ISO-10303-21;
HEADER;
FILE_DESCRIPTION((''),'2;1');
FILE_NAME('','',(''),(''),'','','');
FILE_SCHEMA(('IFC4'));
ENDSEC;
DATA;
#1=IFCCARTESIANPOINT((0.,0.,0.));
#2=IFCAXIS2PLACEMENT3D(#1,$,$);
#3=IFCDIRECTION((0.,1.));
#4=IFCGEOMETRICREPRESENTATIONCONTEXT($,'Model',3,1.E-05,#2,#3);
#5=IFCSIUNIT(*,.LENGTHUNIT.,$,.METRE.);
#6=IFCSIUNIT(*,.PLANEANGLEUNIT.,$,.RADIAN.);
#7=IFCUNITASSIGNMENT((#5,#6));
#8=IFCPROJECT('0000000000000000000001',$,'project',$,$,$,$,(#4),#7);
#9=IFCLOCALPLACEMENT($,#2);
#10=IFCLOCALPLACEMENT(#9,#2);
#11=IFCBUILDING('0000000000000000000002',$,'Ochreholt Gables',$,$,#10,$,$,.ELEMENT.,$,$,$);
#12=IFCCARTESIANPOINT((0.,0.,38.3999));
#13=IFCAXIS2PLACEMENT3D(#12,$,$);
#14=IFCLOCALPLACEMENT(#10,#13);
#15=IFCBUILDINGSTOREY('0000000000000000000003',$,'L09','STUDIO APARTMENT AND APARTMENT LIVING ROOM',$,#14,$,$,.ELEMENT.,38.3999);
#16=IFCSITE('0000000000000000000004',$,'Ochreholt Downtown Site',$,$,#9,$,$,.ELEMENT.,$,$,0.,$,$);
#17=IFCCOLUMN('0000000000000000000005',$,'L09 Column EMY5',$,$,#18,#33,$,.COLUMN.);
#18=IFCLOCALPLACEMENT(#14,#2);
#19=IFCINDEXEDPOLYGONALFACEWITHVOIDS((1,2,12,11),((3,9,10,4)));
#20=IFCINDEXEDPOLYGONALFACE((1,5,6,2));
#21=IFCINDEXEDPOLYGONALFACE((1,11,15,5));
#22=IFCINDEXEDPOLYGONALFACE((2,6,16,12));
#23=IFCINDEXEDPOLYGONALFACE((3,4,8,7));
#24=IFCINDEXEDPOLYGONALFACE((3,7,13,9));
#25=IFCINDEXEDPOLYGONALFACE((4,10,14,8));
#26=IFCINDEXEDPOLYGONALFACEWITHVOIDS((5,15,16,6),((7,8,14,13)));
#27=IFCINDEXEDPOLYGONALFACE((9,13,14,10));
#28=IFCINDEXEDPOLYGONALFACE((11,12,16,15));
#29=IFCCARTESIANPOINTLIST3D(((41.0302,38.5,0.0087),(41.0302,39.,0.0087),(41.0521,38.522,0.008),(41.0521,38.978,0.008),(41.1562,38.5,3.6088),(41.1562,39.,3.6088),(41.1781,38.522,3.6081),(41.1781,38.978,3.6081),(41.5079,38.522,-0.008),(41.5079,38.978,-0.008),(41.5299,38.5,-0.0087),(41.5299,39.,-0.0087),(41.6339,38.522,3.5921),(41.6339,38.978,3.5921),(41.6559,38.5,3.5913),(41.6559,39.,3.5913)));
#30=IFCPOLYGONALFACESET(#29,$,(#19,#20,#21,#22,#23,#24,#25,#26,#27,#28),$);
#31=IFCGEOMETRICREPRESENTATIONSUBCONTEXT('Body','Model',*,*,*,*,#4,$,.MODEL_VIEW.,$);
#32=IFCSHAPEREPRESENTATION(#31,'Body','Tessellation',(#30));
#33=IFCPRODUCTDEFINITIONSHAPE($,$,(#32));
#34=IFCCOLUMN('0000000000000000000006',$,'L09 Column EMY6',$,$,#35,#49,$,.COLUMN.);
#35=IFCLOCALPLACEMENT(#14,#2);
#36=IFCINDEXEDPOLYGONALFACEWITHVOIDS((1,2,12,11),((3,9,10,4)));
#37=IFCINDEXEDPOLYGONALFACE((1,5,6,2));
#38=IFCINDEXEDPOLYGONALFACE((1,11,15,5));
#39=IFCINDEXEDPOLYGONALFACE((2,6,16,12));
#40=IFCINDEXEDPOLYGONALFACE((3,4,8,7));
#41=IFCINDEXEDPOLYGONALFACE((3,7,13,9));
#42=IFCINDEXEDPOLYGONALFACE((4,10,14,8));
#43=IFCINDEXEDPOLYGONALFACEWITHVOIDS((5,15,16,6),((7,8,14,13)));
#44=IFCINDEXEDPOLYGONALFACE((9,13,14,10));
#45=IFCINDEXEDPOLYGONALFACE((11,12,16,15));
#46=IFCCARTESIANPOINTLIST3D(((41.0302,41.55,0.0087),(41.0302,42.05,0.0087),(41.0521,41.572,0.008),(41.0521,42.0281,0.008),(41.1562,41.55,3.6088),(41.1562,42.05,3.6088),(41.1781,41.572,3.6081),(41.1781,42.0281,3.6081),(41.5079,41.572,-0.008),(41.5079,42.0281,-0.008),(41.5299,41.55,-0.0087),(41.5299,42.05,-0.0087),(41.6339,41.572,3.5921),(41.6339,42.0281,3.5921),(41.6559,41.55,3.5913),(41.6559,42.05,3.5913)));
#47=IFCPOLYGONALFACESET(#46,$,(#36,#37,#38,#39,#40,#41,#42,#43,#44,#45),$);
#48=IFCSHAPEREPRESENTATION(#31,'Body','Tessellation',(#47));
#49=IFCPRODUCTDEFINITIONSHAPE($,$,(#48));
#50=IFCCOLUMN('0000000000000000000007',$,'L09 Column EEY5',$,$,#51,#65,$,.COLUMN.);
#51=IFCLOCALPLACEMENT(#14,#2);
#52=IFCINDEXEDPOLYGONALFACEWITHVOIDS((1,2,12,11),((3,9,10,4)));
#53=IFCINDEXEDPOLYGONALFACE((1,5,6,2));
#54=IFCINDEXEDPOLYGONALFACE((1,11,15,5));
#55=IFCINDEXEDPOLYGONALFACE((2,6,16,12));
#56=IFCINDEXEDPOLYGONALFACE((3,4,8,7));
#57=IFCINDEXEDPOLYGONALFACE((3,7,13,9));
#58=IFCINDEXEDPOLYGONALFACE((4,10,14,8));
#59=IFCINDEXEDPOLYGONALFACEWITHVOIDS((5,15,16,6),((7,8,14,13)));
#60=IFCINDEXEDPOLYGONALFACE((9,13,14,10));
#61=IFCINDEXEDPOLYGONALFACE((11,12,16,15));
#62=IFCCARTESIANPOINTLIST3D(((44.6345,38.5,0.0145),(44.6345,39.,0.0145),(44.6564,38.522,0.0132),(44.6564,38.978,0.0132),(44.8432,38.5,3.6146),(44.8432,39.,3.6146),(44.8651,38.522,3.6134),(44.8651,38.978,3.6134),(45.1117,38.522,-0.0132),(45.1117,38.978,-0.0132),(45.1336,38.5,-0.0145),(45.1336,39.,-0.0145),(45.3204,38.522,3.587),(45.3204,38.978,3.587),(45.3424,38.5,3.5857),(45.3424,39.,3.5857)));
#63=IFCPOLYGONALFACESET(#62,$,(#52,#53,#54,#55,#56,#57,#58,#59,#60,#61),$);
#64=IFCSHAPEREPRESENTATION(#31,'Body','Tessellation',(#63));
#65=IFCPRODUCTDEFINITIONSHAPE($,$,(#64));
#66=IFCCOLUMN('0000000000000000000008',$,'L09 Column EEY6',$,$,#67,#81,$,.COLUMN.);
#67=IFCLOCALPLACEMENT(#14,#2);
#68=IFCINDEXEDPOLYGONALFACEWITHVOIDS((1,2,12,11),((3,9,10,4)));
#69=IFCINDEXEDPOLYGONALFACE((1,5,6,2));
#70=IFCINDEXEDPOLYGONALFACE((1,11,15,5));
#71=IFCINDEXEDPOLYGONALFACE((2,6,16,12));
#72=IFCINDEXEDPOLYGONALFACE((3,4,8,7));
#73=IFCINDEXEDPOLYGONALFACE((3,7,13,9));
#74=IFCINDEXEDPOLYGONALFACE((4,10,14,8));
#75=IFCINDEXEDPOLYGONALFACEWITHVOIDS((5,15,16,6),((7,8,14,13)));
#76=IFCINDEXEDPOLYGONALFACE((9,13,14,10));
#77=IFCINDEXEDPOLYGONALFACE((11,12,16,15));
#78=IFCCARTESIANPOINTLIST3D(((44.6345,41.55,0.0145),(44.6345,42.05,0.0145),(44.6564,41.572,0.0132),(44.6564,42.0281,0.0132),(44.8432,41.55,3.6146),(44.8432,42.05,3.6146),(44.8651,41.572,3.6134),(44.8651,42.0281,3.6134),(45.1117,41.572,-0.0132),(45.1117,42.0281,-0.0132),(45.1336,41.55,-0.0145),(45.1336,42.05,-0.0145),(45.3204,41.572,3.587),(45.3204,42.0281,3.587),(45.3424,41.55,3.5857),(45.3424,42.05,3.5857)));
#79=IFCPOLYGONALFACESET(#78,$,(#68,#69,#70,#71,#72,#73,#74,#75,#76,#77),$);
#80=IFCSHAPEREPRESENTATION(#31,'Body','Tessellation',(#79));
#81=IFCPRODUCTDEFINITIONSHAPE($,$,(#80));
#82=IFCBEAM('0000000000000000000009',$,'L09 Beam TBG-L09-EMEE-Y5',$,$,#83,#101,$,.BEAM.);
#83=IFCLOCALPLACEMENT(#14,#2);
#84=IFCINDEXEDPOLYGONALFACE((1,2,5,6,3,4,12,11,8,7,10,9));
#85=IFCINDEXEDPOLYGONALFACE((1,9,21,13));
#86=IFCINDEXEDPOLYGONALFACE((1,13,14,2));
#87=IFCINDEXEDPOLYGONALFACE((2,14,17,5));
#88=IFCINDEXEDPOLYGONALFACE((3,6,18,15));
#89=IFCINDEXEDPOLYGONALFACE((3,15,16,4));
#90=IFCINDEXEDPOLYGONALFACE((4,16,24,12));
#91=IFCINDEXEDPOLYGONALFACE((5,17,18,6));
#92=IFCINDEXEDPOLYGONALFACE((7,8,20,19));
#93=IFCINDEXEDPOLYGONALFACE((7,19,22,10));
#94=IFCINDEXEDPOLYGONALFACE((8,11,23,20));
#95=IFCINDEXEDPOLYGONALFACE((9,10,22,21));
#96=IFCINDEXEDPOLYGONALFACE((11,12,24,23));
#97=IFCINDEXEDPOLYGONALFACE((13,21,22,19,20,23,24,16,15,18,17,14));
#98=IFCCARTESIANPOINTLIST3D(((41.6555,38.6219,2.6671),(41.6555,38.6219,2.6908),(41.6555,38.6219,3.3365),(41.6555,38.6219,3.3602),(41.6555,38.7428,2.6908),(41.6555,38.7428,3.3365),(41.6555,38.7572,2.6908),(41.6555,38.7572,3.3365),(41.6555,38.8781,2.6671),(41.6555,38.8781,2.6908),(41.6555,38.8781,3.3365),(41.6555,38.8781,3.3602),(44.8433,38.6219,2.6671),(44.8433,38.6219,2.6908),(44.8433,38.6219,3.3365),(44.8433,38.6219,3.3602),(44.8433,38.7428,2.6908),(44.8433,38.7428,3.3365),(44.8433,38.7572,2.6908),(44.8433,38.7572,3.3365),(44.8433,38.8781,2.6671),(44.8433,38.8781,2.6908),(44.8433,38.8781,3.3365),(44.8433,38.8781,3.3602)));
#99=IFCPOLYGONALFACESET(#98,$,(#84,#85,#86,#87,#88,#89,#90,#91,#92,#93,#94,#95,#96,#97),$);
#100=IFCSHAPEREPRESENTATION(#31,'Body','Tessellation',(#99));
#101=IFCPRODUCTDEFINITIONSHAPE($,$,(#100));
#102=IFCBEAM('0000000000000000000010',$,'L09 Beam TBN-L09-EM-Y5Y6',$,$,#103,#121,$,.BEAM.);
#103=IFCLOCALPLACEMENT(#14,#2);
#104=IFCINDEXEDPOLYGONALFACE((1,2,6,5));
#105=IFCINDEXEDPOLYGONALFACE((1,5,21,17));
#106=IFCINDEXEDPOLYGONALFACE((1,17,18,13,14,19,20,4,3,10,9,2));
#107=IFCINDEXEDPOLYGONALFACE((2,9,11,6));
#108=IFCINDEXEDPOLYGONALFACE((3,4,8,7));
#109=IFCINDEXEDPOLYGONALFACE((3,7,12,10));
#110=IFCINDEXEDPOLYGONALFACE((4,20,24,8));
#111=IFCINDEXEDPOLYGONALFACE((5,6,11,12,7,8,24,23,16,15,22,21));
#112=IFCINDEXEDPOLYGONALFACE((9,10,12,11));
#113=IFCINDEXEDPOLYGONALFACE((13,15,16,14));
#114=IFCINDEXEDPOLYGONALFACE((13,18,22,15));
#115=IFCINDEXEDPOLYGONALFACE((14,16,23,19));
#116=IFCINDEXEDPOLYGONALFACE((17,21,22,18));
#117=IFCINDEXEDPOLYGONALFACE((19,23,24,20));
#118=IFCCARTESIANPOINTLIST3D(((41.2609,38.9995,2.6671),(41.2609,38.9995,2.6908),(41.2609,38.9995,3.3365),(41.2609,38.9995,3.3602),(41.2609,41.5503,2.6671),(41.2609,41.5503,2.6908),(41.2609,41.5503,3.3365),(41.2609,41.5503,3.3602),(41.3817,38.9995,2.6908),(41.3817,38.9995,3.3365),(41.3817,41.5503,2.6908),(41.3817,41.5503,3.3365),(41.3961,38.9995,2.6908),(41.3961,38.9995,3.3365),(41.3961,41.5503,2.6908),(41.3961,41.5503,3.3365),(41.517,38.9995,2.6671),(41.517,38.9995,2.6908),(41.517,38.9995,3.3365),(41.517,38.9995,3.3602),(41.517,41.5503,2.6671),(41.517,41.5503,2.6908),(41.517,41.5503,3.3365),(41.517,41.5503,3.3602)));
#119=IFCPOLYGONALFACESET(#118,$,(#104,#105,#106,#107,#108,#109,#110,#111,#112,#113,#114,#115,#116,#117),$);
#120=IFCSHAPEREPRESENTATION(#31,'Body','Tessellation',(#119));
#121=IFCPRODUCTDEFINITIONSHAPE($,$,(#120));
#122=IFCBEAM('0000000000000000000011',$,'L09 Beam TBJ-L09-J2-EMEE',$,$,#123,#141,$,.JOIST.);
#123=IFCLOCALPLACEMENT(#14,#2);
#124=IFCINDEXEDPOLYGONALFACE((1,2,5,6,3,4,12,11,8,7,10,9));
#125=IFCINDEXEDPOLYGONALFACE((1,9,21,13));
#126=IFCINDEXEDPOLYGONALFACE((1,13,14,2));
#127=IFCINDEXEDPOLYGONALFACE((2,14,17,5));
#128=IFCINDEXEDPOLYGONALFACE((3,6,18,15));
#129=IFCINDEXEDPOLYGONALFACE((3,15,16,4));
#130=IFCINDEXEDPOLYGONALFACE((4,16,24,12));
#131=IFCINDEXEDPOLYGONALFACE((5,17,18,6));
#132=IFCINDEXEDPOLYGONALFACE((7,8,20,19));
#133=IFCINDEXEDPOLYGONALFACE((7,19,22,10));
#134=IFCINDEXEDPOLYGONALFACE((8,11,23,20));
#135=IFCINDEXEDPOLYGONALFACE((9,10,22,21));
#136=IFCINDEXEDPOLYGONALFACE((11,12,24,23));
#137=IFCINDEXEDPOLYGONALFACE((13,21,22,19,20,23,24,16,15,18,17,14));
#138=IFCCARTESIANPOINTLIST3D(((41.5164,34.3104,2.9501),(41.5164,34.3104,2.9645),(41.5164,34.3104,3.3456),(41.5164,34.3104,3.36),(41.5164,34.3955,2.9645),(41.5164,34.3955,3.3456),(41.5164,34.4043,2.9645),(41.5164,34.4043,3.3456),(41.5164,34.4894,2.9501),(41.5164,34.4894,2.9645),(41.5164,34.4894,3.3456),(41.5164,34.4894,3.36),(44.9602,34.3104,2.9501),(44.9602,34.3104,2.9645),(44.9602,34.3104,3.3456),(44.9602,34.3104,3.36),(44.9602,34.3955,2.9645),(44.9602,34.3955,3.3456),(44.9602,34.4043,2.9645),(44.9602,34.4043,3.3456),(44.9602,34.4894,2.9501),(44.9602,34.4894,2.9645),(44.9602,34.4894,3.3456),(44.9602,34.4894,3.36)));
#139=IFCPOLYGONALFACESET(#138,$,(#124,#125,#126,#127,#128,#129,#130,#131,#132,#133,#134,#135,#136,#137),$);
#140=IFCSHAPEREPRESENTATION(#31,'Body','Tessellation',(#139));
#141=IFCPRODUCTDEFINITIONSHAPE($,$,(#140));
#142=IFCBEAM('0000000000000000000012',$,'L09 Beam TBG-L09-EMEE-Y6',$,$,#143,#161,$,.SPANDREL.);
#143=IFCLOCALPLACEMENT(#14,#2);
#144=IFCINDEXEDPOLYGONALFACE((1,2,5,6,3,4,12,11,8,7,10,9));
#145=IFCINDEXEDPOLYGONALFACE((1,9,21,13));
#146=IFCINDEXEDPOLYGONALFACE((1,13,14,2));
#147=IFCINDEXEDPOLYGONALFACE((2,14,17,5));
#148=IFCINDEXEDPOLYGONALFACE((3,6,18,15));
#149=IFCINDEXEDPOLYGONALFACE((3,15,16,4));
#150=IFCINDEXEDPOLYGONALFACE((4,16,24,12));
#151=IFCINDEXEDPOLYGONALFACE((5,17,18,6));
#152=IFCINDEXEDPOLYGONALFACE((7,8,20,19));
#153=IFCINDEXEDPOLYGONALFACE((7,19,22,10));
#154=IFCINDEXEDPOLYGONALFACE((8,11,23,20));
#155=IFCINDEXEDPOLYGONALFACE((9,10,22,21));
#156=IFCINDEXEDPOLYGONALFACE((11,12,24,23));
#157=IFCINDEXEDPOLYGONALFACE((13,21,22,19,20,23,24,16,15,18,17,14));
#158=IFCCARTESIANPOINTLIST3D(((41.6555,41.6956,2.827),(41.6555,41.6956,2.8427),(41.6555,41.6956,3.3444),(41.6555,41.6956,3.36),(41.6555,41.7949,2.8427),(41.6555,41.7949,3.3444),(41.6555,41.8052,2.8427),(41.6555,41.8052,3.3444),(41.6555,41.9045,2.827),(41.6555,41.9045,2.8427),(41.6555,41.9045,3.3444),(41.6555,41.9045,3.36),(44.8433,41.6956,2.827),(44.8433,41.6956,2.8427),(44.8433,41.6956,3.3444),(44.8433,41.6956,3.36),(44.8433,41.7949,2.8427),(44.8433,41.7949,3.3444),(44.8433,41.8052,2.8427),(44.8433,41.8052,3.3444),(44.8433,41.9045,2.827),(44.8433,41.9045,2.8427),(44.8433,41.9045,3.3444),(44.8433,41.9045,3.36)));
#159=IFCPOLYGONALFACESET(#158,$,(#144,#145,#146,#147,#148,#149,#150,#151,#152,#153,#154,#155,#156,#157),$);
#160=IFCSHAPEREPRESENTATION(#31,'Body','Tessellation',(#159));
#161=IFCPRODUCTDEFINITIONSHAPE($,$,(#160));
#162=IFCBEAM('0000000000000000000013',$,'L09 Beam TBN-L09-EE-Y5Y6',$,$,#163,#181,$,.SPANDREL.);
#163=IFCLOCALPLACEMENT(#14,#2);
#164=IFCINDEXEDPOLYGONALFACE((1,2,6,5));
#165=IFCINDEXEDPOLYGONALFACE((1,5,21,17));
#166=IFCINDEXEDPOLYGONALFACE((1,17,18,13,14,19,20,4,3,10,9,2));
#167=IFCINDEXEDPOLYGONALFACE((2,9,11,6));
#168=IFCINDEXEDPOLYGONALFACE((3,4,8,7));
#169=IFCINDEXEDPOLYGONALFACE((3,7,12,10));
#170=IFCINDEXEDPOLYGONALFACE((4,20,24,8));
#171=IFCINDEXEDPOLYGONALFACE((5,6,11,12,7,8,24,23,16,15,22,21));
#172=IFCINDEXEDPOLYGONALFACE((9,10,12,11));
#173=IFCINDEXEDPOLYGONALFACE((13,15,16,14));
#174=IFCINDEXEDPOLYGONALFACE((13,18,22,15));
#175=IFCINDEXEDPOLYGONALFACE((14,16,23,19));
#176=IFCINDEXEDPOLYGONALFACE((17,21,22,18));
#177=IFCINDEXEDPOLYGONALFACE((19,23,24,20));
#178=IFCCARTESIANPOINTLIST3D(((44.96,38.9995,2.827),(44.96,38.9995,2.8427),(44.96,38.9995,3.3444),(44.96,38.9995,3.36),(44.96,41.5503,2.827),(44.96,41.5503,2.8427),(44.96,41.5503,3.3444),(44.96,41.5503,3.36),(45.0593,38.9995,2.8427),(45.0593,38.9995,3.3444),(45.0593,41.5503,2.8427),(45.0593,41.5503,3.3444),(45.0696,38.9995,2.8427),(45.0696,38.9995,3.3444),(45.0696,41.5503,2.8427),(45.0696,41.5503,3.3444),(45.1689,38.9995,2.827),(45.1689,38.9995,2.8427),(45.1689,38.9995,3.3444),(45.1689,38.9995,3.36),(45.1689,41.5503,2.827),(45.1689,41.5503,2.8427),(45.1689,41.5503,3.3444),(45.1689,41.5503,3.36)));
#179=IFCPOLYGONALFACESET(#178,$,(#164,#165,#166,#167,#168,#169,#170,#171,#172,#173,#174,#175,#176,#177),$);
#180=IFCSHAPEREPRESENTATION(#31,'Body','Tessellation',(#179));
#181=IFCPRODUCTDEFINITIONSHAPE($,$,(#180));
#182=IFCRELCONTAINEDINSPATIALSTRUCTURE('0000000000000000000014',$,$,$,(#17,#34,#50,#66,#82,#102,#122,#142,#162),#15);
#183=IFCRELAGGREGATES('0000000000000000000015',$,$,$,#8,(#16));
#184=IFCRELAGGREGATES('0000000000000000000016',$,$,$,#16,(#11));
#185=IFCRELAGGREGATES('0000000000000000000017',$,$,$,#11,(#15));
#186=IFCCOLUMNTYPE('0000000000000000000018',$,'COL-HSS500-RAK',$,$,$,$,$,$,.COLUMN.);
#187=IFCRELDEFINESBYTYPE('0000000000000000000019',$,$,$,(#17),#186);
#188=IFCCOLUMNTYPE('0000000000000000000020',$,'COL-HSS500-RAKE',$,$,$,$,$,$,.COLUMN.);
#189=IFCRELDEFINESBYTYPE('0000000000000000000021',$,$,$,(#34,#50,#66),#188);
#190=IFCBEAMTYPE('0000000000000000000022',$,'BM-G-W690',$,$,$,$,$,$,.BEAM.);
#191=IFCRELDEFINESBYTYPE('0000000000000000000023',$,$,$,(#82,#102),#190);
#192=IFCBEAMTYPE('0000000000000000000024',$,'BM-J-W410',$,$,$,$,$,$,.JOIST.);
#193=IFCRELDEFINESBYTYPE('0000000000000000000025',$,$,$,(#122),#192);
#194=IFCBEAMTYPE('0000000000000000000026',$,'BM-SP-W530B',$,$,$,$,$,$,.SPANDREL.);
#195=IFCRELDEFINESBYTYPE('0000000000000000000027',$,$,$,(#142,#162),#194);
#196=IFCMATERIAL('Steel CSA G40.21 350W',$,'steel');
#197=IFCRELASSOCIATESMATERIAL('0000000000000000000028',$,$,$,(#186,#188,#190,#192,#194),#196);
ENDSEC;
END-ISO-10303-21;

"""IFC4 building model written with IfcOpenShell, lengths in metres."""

from ifc_helpers import new_model, si_unit, direction, frame, origin, origin_2d, place, context, subcontext, project, spatial, hollow_rectangle, i_section, extrude, material, material_profile, profile_set, type_object, element, save


model = new_model("IFC4")

# Units and contexts
model_context = context("Model", 3, precision=1e-05, world=origin(), true_north=direction((0.0, 1.0)))
body_context = subcontext(model_context, "Body", "Model", "MODEL_VIEW")
ifc_project = project(units=[si_unit("LENGTHUNIT", "METRE"), si_unit("PLANEANGLEUNIT", "RADIAN")], contexts=[model_context])

# Site, building, storey
site_placement = place(None, origin())
site = spatial("IfcSite", under=ifc_project, at=site_placement, Name="Ochreholt Downtown Site", CompositionType="ELEMENT", RefElevation=0.0)
building_placement = place(site_placement, origin())
building = spatial("IfcBuilding", under=site, at=building_placement, Name="Ochreholt Gables", CompositionType="ELEMENT")
storey_placement = place(building_placement, frame((0.0, 0.0, 38.3999)))
storey = spatial("IfcBuildingStorey", under=building, at=storey_placement, Name="L09", Description="STUDIO APARTMENT AND APARTMENT LIVING ROOM", CompositionType="ELEMENT", Elevation=38.3999)

# Columns
ifc_material_1 = material(Name="Steel CSA G40.21 350W", Category="steel")
ifc_material_profile_1 = material_profile(ifc_material_1, hollow_rectangle(XDim=0.5, YDim=0.5, WallThickness=0.022, at=origin_2d()), Name="HSS500X500X22")
ifc_profile_set_1 = profile_set([ifc_material_profile_1], Name="Steel CSA G40.21 350W")
column_type_1 = type_object("IfcColumnType", Name="COL-HSS500-RAK", PredefinedType="COLUMN", material=ifc_profile_set_1)
column_1_placement = place(storey_placement, frame((41.28, 38.75, 0.0), z_axis=(0.034971, 0.0, 0.999388), x_axis=(0.0, 1.0, 0.0)))
element("IfcColumn", 1, at=column_1_placement, inside=storey, type_object=column_type_1, Name="L09 Column EMY5", PredefinedType="COLUMN", context=body_context, shape_type="SweptSolid", body=[
    extrude(hollow_rectangle(XDim=0.5, YDim=0.5, WallThickness=0.022, at=origin_2d()), origin(), (0.0, 0.0, 1.0), 3.6023),
])
ifc_material_profile_2 = material_profile(ifc_material_1, hollow_rectangle(XDim=0.5, YDim=0.5, WallThickness=0.022, at=origin_2d()), Name="HSS500X500X22")
ifc_profile_set_2 = profile_set([ifc_material_profile_2], Name="Steel CSA G40.21 350W")
column_type_2 = type_object("IfcColumnType", Name="COL-HSS500-RAKE", PredefinedType="COLUMN", material=ifc_profile_set_2)
column_2_placement = place(storey_placement, frame((41.28, 41.8, 0.0), z_axis=(0.034971, 0.0, 0.999388), x_axis=(0.0, 1.0, 0.0)))
element("IfcColumn", 2, at=column_2_placement, inside=storey, type_object=column_type_2, Name="L09 Column EMY6", PredefinedType="COLUMN", context=body_context, shape_type="SweptSolid", body=[
    extrude(hollow_rectangle(XDim=0.5, YDim=0.5, WallThickness=0.022, at=origin_2d()), origin(), (0.0, 0.0, 1.0), 3.6023),
])
for number, where, z_axis, x_axis, name in (
    (3, (44.884, 38.75, 0.0), (0.057885, 0.0, 0.998323), (0.0, 1.0, 0.0), "L09 Column EEY5"),
    (4, (44.884, 41.8, 0.0), (0.057885, 0.0, 0.998323), (0.0, 1.0, 0.0), "L09 Column EEY6"),
):
    element("IfcColumn", number, at=place(storey_placement, frame(where, z_axis=z_axis, x_axis=x_axis)), inside=storey, type_object=column_type_2, Name=name, PredefinedType="COLUMN", context=body_context, shape_type="SweptSolid", body=[
        extrude(hollow_rectangle(XDim=0.5, YDim=0.5, WallThickness=0.022, at=origin_2d()), origin(), (0.0, 0.0, 1.0), 3.6062),
    ])

# Beams
ifc_material_profile_3 = material_profile(ifc_material_1, i_section(OverallWidth=0.2561, OverallDepth=0.6931, WebThickness=0.0144, FlangeThickness=0.0237, at=origin_2d()), Name="W690X170")
ifc_profile_set_3 = profile_set([ifc_material_profile_3], Name="Steel CSA G40.21 350W")
beam_type_1 = type_object("IfcBeamType", Name="BM-G-W690", PredefinedType="BEAM", material=ifc_profile_set_3)
beam_1_placement = place(storey_placement, frame((41.6555, 38.75, 3.0137), z_axis=(1.0, 0.0, 0.0), x_axis=(0.0, 1.0, 0.0)))
element("IfcBeam", 5, at=beam_1_placement, inside=storey, type_object=beam_type_1, Name="L09 Beam TBG-L09-EMEE-Y5", PredefinedType="BEAM", context=body_context, shape_type="SweptSolid", body=[
    extrude(i_section(OverallWidth=0.2561, OverallDepth=0.6931, WebThickness=0.0144, FlangeThickness=0.0237, at=origin_2d()), origin(), (0.0, 0.0, 1.0), 3.1877),
])
beam_2_placement = place(storey_placement, frame((41.3889, 38.9995, 3.0137), z_axis=(0.0, 1.0, 0.0), x_axis=(-1.0, 0.0, 0.0)))
element("IfcBeam", 6, at=beam_2_placement, inside=storey, type_object=beam_type_1, Name="L09 Beam TBN-L09-EM-Y5Y6", PredefinedType="BEAM", context=body_context, shape_type="SweptSolid", body=[
    extrude(i_section(OverallWidth=0.2561, OverallDepth=0.6931, WebThickness=0.0144, FlangeThickness=0.0237, at=origin_2d()), origin(), (0.0, 0.0, 1.0), 2.5508),
])
ifc_material_profile_4 = material_profile(ifc_material_1, i_section(OverallWidth=0.179, OverallDepth=0.4099, WebThickness=0.0088, FlangeThickness=0.0144, at=origin_2d()), Name="W410X67")
ifc_profile_set_4 = profile_set([ifc_material_profile_4], Name="Steel CSA G40.21 350W")
beam_type_2 = type_object("IfcBeamType", Name="BM-J-W410", PredefinedType="JOIST", material=ifc_profile_set_4)
beam_3_placement = place(storey_placement, frame((41.5164, 34.3999, 3.155), z_axis=(1.0, 0.0, 0.0), x_axis=(0.0, 1.0, 0.0)))
element("IfcBeam", 7, at=beam_3_placement, inside=storey, type_object=beam_type_2, Name="L09 Beam TBJ-L09-J2-EMEE", PredefinedType="JOIST", context=body_context, shape_type="SweptSolid", body=[
    extrude(i_section(OverallWidth=0.179, OverallDepth=0.4099, WebThickness=0.0088, FlangeThickness=0.0144, at=origin_2d()), origin(), (0.0, 0.0, 1.0), 3.4438),
])
ifc_material_profile_5 = material_profile(ifc_material_1, i_section(OverallWidth=0.209, OverallDepth=0.533, WebThickness=0.0103, FlangeThickness=0.0156, at=origin_2d()), Name="W530X92")
ifc_profile_set_5 = profile_set([ifc_material_profile_5], Name="Steel CSA G40.21 350W")
beam_type_3 = type_object("IfcBeamType", Name="BM-SP-W530B", PredefinedType="SPANDREL", material=ifc_profile_set_5)
beam_4_placement = place(storey_placement, frame((41.6555, 41.8, 3.0935), z_axis=(1.0, 0.0, 0.0), x_axis=(0.0, 1.0, 0.0)))
element("IfcBeam", 8, at=beam_4_placement, inside=storey, type_object=beam_type_3, Name="L09 Beam TBG-L09-EMEE-Y6", PredefinedType="SPANDREL", context=body_context, shape_type="SweptSolid", body=[
    extrude(i_section(OverallWidth=0.209, OverallDepth=0.533, WebThickness=0.0103, FlangeThickness=0.0156, at=origin_2d()), origin(), (0.0, 0.0, 1.0), 3.1877),
])
beam_5_placement = place(storey_placement, frame((45.0645, 38.9995, 3.0935), z_axis=(0.0, 1.0, 0.0), x_axis=(-1.0, 0.0, 0.0)))
element("IfcBeam", 9, at=beam_5_placement, inside=storey, type_object=beam_type_3, Name="L09 Beam TBN-L09-EE-Y5Y6", PredefinedType="SPANDREL", context=body_context, shape_type="SweptSolid", body=[
    extrude(i_section(OverallWidth=0.209, OverallDepth=0.533, WebThickness=0.0103, FlangeThickness=0.0156, at=origin_2d()), origin(), (0.0, 0.0, 1.0), 2.5508),
])

save(model, "model.ifc")
